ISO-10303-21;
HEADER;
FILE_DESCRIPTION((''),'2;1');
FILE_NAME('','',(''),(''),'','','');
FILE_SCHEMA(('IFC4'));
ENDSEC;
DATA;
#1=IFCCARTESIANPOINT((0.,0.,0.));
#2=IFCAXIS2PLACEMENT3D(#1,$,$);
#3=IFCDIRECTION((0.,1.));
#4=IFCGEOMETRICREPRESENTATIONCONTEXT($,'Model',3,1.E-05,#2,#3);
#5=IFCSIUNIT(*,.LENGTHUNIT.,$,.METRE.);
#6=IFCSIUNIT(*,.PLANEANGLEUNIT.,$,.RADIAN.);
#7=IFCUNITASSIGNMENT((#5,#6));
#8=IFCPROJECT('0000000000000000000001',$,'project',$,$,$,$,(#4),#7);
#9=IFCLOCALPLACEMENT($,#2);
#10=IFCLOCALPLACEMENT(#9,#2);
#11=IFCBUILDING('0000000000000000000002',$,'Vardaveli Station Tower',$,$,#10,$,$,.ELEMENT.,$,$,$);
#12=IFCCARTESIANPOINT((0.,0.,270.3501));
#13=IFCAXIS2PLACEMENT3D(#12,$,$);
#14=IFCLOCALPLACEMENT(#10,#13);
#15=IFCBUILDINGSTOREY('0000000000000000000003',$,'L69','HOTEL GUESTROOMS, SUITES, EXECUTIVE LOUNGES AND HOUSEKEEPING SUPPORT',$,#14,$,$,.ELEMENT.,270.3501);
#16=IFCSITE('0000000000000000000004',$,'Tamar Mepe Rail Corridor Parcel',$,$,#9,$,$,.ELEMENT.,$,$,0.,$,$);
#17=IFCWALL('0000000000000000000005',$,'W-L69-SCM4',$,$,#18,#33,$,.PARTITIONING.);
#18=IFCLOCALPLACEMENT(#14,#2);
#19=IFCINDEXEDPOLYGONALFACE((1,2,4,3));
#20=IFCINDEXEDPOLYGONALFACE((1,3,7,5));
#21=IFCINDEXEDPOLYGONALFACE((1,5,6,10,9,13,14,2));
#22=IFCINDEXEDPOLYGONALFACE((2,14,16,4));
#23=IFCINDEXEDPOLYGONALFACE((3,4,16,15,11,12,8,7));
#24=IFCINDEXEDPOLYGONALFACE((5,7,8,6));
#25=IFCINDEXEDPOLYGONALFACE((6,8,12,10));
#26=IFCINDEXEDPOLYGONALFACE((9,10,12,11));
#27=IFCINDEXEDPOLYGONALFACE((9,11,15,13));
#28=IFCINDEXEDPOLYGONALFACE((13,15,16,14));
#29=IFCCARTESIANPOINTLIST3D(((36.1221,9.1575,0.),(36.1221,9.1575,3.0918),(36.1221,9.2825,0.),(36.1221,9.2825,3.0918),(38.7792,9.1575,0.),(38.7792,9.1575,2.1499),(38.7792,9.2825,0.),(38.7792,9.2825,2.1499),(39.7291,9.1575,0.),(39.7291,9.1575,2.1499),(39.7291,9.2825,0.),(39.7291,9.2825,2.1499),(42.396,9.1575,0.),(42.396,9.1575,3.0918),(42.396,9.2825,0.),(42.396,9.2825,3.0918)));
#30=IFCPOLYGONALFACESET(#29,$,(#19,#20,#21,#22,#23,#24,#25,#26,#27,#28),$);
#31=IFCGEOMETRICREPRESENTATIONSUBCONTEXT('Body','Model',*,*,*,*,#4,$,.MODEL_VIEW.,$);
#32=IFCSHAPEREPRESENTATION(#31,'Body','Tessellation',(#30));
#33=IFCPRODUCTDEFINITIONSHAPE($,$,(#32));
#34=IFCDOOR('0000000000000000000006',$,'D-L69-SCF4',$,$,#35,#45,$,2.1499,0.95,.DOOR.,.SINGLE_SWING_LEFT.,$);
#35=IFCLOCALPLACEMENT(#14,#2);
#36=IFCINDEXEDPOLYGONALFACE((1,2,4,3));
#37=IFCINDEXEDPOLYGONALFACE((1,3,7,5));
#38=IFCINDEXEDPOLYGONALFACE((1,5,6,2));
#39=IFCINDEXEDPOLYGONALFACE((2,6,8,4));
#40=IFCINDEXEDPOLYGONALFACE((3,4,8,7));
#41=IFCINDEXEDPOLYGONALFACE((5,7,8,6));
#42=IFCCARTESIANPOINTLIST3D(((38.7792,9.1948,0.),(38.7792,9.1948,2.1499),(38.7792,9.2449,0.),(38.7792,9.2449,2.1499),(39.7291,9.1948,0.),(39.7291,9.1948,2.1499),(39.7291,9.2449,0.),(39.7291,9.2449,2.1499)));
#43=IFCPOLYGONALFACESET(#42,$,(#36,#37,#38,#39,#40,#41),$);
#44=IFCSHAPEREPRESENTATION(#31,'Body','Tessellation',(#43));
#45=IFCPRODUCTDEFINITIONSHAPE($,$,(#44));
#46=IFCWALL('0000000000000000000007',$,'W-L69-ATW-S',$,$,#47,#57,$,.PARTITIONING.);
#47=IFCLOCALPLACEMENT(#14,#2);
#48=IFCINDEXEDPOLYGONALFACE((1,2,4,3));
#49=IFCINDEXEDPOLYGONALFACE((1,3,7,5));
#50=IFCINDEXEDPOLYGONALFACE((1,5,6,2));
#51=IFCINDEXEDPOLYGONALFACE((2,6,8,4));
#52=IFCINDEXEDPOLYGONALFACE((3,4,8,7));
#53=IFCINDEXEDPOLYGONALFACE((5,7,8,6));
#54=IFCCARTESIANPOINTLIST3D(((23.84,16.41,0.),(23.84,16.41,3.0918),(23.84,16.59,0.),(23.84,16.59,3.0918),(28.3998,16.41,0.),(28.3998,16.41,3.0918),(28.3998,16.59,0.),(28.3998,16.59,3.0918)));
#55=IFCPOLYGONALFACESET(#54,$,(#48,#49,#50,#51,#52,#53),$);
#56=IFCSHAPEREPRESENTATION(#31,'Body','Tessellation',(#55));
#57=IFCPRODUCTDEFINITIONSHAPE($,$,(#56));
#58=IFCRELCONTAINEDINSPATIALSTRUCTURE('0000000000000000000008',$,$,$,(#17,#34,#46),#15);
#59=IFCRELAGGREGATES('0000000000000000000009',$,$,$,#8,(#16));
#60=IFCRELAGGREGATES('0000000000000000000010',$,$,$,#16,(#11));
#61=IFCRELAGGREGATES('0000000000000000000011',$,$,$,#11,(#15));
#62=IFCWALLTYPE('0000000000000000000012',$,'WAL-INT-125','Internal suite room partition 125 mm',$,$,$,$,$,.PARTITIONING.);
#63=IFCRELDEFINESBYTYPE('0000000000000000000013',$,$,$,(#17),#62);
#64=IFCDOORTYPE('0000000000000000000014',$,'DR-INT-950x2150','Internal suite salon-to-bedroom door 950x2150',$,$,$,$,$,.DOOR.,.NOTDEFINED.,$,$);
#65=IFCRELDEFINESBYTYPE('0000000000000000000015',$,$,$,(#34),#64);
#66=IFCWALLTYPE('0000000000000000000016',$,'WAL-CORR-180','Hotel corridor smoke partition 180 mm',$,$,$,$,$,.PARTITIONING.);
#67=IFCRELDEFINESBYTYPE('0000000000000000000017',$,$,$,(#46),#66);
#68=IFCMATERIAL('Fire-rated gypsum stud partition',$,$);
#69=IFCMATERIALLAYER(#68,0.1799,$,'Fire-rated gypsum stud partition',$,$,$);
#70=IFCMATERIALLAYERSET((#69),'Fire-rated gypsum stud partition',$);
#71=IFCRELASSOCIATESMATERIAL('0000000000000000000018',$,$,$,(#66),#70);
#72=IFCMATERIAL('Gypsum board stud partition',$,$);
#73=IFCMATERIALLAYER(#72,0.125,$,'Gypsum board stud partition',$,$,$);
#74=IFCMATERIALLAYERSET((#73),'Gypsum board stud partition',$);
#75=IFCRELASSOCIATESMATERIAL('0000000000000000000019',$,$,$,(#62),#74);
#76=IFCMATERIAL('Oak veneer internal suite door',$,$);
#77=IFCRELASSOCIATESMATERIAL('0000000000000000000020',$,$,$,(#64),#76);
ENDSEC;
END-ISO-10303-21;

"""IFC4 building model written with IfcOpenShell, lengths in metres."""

from ifc_helpers import new_model, si_unit, direction, frame, frame_2d, origin, place, context, subcontext, project, spatial, rectangle, extrude, source, transform, mapped, material, layer, layer_set, type_object, element, fill, save


model = new_model("IFC4")

# Units and contexts
model_context = context("Model", 3, precision=1e-05, world=origin(), true_north=direction((0.0, 1.0)))
body_context = subcontext(model_context, "Body", "Model", "MODEL_VIEW")
ifc_project = project(units=[si_unit("LENGTHUNIT", "METRE"), si_unit("PLANEANGLEUNIT", "RADIAN")], contexts=[model_context])

# Site, building, storey
site_placement = place(None, origin())
site = spatial("IfcSite", under=ifc_project, at=site_placement, Name="Tamar Mepe Rail Corridor Parcel", CompositionType="ELEMENT", RefElevation=0.0)
building_placement = place(site_placement, origin())
building = spatial("IfcBuilding", under=site, at=building_placement, Name="Vardaveli Station Tower", CompositionType="ELEMENT")
storey_placement = place(building_placement, frame((0.0, 0.0, 270.3501)))
storey = spatial("IfcBuildingStorey", under=building, at=storey_placement, Name="L69", Description="HOTEL GUESTROOMS, SUITES, EXECUTIVE LOUNGES AND HOUSEKEEPING SUPPORT", CompositionType="ELEMENT", Elevation=270.3501)

# Shared definitions
ifc_material_1 = material(Name="Fire-rated gypsum stud partition")
ifc_layer_1 = layer(ifc_material_1, 0.1799, Name="Fire-rated gypsum stud partition")
ifc_layer_set_1 = layer_set([ifc_layer_1], Name="Fire-rated gypsum stud partition")
wall_type_1 = type_object("IfcWallType", Name="WAL-CORR-180", Description="Hotel corridor smoke partition 180 mm", PredefinedType="PARTITIONING", material=ifc_layer_set_1)

# Wall, opening, door
ifc_material_2 = material(Name="Gypsum board stud partition")
ifc_layer_2 = layer(ifc_material_2, 0.125, Name="Gypsum board stud partition")
ifc_layer_set_2 = layer_set([ifc_layer_2], Name="Gypsum board stud partition")
wall_type_2 = type_object("IfcWallType", Name="WAL-INT-125", Description="Internal suite room partition 125 mm", PredefinedType="PARTITIONING", material=ifc_layer_set_2)
shared_shape_1 = source(origin(), body_context, "Body", "SweptSolid", [
    extrude(rectangle(XDim=6.2739, YDim=0.125, at=frame_2d((3.137, 0.0))), origin(), (0.0, 0.0, 1.0), 3.0918),
])
wall_1_placement = place(storey_placement, frame((36.1221, 9.22, 0.0), z_axis=(0.0, 0.0, 1.0), x_axis=(1.0, 0.0, 0.0)))
wall_1 = element("IfcWall", 1, at=wall_1_placement, inside=storey, type_object=wall_type_2, Name="W-L69-SCM4", PredefinedType="PARTITIONING", context=body_context, shape_type="MappedRepresentation", body=[
    mapped(shared_shape_1, transform((0.0, 0.0, 0.0), scale=1.0)),
])
shared_shape_2 = source(origin(), body_context, "Body", "SweptSolid", [
    extrude(rectangle(XDim=0.95, YDim=2.1499, at=frame_2d((0.4751, 1.075))), frame((0.0, 0.0725, 0.0), z_axis=(0.0, -1.0, 0.0), x_axis=(1.0, 0.0, 0.0)), (0.0, 0.0, 1.0), 0.145),
])
opening_1_placement = place(wall_1_placement, frame((2.657, 0.0, 0.0)))
opening_1 = element("IfcOpeningElement", 2, at=opening_1_placement, cuts=wall_1, PredefinedType="OPENING", context=body_context, shape_type="MappedRepresentation", body=[
    mapped(shared_shape_2, transform((0.0, 0.0, 0.0), scale=1.0)),
])
ifc_material_3 = material(Name="Oak veneer internal suite door")
door_type_1 = type_object("IfcDoorType", Name="DR-INT-950x2150", Description="Internal suite salon-to-bedroom door 950x2150", OperationType="NOTDEFINED", PredefinedType="DOOR", material=ifc_material_3)
shared_shape_3 = source(origin(), body_context, "Body", "SweptSolid", [
    extrude(rectangle(XDim=0.95, YDim=2.1499, at=frame_2d((0.4751, 1.075))), frame((0.0, 0.0249, 0.0), z_axis=(0.0, -1.0, 0.0), x_axis=(1.0, 0.0, 0.0)), (0.0, 0.0, 1.0), 0.05),
])
door_1_placement = place(opening_1_placement, origin())
door_1 = element("IfcDoor", 3, at=door_1_placement, inside=storey, type_object=door_type_1, Name="D-L69-SCF4", OperationType="SINGLE_SWING_LEFT", OverallHeight=2.1499, OverallWidth=0.95, PredefinedType="DOOR", context=body_context, shape_type="MappedRepresentation", body=[
    mapped(shared_shape_3, transform((0.0, 0.0, 0.0), scale=1.0)),
])
fill(opening_1, door_1)

# Wall
shared_shape_4 = source(origin(), body_context, "Body", "SweptSolid", [
    extrude(rectangle(XDim=4.5598, YDim=0.1799, at=frame_2d((2.2798, 0.0))), origin(), (0.0, 0.0, 1.0), 3.0918),
])
wall_2_placement = place(storey_placement, frame((23.8401, 16.5, 0.0), z_axis=(0.0, 0.0, 1.0), x_axis=(1.0, 0.0, 0.0)))
element("IfcWall", 4, at=wall_2_placement, inside=storey, type_object=wall_type_1, Name="W-L69-ATW-S", PredefinedType="PARTITIONING", context=body_context, shape_type="MappedRepresentation", body=[
    mapped(shared_shape_4, transform((0.0, 0.0, 0.0), scale=1.0)),
])

save(model, "model.ifc")
